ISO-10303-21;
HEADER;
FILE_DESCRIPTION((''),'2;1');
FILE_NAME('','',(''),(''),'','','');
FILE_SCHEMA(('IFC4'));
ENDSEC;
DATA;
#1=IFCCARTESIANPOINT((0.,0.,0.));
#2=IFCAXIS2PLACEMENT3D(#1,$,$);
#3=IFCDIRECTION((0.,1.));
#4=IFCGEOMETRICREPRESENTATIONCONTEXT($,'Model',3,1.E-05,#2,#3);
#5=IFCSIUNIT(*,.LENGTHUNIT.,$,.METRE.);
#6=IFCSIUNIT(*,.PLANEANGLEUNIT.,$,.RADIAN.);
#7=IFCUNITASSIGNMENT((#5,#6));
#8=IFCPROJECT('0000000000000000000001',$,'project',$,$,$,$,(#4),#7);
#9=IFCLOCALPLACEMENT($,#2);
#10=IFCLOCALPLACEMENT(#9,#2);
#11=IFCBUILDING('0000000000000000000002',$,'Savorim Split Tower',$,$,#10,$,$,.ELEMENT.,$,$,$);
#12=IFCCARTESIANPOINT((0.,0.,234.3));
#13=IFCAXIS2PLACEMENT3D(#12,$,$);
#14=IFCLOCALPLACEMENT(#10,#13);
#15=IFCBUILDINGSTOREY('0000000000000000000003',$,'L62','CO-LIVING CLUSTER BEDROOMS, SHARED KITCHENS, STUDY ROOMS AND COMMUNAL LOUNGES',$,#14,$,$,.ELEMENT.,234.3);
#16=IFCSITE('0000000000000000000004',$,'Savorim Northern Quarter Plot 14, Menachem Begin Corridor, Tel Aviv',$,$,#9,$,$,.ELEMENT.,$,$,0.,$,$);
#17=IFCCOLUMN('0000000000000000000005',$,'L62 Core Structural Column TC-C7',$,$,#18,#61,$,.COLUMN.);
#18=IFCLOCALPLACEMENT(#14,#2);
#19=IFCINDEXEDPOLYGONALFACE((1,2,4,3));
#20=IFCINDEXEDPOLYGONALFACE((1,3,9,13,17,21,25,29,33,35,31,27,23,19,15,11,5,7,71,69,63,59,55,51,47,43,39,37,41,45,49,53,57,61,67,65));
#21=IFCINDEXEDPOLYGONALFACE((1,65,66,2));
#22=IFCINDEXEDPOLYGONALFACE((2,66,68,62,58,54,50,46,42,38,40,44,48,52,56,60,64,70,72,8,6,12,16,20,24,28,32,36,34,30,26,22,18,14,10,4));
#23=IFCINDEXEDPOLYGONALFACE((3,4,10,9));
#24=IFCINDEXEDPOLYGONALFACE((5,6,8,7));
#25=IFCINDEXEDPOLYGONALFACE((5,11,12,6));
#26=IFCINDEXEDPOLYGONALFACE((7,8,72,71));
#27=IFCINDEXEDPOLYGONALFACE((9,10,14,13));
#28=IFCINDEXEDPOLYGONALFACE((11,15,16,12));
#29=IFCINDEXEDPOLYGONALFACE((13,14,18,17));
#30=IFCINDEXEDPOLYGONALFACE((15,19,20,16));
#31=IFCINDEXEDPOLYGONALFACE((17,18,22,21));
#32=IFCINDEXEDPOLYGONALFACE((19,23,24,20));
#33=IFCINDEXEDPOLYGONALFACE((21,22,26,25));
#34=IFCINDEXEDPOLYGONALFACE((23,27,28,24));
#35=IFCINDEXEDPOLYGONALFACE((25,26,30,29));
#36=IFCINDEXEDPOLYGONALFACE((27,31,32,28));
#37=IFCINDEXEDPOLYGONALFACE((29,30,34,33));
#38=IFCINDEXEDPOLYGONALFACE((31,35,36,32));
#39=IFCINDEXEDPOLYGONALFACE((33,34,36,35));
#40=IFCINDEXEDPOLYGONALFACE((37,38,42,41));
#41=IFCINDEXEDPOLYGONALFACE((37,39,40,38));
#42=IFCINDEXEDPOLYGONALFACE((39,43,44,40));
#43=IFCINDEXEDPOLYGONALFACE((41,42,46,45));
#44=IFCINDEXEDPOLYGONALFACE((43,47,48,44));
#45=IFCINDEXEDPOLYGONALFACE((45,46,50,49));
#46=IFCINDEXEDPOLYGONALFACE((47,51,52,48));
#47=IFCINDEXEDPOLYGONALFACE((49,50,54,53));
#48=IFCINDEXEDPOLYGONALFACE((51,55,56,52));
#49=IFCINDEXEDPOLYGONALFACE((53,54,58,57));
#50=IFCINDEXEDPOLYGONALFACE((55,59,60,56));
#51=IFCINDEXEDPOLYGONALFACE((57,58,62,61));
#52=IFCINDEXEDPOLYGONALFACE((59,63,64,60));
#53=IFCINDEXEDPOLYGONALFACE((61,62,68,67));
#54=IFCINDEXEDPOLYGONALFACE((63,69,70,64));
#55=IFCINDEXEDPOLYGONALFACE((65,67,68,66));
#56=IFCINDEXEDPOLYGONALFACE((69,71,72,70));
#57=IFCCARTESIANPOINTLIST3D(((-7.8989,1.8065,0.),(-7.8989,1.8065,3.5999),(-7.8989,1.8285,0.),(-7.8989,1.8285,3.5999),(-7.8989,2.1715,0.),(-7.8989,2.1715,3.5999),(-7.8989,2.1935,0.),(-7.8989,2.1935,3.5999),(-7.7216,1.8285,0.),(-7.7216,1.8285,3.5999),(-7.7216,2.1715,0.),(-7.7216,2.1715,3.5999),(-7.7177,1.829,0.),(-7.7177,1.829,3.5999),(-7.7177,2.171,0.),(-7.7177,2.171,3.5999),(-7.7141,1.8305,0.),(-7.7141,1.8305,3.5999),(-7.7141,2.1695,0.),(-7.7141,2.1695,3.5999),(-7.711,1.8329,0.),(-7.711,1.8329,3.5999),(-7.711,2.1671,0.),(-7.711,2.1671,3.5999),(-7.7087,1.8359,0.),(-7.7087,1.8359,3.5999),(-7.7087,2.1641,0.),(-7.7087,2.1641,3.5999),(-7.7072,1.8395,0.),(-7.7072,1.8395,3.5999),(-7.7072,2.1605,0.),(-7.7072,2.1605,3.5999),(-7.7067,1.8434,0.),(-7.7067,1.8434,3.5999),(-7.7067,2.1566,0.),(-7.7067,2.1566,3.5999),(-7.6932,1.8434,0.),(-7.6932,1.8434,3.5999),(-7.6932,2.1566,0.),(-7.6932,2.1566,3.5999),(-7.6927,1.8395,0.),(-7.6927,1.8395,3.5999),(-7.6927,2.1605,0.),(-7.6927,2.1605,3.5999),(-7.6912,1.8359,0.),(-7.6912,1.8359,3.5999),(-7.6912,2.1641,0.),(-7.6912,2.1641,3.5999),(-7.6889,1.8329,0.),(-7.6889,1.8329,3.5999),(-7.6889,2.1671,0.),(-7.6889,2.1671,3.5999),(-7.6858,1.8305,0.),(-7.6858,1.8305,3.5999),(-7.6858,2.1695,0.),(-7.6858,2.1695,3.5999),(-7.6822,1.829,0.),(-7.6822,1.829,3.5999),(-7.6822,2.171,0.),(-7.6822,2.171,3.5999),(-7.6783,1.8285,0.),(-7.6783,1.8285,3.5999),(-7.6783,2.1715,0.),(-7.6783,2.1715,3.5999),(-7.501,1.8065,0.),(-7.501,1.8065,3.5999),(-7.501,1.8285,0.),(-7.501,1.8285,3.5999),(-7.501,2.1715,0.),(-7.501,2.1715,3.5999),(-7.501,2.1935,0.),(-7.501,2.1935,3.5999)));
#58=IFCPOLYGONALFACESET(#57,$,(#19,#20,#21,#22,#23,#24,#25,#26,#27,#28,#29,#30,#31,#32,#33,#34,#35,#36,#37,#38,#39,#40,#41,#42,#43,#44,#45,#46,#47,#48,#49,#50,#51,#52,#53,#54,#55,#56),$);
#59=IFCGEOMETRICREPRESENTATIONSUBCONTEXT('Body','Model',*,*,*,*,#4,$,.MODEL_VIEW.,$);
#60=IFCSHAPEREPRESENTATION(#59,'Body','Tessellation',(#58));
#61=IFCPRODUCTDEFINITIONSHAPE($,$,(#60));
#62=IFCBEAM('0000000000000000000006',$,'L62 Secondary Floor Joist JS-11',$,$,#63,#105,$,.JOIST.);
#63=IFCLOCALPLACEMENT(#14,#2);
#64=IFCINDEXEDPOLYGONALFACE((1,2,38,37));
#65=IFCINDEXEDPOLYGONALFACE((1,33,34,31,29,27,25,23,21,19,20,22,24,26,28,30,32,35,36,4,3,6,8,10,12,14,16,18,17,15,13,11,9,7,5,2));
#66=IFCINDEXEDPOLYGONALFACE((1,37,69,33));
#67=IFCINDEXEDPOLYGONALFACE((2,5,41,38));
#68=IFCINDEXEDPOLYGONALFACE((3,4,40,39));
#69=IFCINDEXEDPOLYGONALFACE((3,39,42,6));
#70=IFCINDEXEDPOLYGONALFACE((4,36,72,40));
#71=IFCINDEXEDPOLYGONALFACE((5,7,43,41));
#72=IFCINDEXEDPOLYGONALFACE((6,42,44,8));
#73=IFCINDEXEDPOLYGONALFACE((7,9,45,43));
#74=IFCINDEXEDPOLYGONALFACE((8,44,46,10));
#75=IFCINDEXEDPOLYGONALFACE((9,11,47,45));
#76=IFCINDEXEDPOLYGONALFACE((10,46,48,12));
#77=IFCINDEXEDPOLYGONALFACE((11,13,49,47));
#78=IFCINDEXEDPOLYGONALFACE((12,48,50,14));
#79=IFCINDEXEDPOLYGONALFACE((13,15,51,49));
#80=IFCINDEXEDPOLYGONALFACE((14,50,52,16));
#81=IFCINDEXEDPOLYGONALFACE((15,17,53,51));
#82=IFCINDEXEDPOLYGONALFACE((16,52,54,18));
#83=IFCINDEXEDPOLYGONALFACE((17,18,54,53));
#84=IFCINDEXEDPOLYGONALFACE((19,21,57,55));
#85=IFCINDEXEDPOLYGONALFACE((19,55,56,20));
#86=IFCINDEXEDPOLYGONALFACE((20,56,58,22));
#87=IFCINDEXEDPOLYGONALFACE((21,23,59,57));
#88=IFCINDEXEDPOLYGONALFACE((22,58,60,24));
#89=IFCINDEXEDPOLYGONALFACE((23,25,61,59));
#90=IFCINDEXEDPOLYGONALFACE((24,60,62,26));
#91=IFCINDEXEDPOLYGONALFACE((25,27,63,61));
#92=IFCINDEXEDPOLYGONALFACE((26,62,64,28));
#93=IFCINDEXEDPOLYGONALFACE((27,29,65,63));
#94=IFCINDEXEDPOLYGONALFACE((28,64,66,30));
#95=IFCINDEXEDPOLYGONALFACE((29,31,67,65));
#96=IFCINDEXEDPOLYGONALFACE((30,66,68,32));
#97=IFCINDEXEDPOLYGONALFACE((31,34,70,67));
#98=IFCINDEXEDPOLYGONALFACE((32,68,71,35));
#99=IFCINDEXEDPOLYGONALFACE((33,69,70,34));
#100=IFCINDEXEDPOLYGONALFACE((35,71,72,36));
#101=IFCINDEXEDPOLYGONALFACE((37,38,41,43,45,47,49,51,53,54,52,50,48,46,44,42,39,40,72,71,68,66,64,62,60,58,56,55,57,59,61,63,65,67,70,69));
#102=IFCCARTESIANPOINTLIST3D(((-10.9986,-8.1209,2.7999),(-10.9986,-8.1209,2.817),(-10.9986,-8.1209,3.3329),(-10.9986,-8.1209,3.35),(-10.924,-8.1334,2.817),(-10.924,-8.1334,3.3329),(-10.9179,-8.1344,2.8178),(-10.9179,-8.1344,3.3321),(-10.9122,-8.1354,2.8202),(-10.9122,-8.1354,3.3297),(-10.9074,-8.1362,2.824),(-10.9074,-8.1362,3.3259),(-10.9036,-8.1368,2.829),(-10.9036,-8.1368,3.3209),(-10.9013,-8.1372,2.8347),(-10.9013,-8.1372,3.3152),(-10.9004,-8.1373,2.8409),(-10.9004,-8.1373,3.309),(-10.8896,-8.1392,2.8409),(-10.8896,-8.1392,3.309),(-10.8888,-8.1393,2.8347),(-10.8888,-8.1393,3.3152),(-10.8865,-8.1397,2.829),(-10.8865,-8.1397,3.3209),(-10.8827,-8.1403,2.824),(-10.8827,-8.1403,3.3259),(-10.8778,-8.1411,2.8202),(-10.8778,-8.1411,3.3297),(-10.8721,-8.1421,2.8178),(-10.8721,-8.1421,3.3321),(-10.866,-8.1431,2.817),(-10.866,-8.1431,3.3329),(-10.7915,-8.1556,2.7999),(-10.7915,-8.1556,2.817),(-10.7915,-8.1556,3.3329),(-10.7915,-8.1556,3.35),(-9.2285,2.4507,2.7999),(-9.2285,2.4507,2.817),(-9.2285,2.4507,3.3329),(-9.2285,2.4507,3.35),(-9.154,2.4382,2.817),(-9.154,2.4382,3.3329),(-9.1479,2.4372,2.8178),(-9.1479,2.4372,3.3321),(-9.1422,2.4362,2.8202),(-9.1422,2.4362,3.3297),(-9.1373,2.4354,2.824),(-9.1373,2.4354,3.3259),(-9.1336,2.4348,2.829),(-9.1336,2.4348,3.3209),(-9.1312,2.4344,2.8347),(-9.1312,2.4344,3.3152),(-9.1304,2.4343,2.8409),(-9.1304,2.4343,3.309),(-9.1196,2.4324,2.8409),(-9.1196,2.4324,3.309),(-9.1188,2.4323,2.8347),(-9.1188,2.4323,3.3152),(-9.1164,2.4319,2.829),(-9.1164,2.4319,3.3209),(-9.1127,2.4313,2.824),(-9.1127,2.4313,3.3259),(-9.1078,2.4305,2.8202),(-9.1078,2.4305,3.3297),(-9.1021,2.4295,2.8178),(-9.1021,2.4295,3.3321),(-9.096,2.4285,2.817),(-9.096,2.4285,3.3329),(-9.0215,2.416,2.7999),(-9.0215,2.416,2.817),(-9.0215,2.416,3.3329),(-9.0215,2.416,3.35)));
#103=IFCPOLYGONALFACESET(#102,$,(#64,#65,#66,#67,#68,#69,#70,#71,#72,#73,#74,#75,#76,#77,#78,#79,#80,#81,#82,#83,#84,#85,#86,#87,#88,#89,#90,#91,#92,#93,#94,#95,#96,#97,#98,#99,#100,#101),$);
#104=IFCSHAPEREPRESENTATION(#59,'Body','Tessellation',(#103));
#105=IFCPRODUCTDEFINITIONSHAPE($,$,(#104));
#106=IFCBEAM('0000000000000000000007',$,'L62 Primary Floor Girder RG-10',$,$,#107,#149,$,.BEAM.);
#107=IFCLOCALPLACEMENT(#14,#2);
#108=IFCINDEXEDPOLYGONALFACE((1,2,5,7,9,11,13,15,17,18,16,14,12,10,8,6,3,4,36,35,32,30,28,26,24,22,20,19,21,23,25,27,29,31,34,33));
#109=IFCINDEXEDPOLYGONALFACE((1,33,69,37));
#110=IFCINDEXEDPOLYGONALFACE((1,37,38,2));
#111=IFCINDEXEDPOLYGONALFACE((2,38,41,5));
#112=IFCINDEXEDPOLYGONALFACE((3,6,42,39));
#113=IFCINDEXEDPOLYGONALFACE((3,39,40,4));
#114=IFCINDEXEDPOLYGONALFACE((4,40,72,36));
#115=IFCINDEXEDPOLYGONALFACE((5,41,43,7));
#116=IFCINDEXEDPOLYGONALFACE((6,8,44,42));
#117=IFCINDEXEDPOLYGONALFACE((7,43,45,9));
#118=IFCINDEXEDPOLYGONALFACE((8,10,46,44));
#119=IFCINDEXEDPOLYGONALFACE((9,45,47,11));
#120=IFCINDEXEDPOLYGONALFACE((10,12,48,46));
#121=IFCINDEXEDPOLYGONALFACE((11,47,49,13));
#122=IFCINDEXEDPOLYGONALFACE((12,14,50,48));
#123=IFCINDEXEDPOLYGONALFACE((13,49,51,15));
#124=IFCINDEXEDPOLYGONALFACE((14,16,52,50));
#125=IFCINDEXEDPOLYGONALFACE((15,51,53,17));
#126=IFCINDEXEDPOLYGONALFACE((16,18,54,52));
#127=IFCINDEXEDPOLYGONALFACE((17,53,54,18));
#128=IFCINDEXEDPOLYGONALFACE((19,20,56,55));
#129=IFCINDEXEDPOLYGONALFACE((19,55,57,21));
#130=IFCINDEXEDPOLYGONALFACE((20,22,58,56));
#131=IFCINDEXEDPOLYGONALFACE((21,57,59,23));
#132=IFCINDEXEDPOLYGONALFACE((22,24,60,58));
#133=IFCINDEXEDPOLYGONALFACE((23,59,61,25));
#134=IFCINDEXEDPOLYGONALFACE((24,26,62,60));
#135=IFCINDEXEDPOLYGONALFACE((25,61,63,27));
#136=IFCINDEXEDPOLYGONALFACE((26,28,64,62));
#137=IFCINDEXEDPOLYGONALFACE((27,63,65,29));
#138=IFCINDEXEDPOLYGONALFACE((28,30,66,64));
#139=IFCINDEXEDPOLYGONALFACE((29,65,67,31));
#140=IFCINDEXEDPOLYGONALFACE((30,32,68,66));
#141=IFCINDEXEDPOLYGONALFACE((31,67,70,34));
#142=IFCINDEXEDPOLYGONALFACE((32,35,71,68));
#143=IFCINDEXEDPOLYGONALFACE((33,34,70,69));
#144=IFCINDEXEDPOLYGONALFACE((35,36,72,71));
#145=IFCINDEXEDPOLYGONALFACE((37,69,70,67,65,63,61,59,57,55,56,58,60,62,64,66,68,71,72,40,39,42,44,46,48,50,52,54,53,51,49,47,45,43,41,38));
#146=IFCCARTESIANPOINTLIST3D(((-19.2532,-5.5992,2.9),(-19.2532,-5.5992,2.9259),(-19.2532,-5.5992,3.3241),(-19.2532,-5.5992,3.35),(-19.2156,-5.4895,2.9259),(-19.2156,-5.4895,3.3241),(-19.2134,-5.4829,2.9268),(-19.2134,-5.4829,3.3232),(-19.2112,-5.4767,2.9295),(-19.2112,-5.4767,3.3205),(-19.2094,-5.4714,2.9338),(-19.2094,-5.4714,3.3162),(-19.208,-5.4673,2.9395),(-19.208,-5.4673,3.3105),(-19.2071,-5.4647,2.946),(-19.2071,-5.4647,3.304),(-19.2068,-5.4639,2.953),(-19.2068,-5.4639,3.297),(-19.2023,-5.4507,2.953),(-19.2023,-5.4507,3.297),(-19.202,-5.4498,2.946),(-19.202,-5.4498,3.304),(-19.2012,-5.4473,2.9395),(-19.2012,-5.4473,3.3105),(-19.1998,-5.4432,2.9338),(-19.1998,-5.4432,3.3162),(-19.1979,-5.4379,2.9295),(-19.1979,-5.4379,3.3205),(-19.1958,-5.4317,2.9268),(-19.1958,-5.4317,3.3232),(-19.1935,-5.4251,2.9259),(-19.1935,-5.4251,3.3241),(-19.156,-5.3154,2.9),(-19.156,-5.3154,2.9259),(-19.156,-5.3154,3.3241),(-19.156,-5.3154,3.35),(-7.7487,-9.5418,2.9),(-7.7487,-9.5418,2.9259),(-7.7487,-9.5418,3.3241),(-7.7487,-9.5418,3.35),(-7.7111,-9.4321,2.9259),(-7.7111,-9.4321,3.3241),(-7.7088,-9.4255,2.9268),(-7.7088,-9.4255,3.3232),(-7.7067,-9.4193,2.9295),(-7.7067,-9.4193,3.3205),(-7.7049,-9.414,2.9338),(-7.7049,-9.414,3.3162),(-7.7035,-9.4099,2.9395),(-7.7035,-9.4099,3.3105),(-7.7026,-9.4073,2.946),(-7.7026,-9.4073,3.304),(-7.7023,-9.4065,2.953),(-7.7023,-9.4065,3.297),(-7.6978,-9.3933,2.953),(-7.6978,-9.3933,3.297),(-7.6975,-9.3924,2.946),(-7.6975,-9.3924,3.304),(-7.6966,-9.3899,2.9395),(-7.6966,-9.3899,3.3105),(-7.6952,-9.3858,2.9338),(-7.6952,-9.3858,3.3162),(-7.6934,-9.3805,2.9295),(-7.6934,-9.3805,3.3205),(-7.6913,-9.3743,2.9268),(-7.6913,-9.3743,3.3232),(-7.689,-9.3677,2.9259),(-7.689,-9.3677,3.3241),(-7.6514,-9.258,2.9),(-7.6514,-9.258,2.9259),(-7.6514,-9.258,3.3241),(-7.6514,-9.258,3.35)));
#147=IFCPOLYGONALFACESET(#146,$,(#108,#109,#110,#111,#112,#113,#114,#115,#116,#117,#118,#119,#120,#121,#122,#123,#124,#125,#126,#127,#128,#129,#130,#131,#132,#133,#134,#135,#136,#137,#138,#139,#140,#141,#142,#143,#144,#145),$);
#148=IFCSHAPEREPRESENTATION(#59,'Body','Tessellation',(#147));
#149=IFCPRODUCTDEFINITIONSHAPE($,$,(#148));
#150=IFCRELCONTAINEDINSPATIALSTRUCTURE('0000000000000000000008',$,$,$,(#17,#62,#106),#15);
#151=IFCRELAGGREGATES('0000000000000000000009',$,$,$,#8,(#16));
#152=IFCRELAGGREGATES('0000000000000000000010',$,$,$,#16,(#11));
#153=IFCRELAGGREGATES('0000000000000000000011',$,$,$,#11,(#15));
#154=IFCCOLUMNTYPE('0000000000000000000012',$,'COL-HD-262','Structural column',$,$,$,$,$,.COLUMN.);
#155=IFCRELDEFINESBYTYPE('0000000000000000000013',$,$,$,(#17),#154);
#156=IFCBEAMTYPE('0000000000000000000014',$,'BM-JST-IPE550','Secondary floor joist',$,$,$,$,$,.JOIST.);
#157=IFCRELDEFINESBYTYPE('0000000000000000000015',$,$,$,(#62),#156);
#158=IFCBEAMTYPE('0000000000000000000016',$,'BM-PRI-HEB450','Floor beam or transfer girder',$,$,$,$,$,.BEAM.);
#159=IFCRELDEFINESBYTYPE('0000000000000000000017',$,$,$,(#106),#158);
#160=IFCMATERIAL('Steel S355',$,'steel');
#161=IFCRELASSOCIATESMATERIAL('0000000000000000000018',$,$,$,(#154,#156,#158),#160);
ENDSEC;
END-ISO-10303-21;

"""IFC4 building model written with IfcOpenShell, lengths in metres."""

from ifc_helpers import new_model, si_unit, direction, frame, origin, origin_2d, place, context, subcontext, project, spatial, i_section, extrude, material, material_profile, profile_set, type_object, element, save


model = new_model("IFC4")

# Units and contexts
model_context = context("Model", 3, precision=1e-05, world=origin(), true_north=direction((0.0, 1.0)))
body_context = subcontext(model_context, "Body", "Model", "MODEL_VIEW")
ifc_project = project(units=[si_unit("LENGTHUNIT", "METRE"), si_unit("PLANEANGLEUNIT", "RADIAN")], contexts=[model_context])

# Site, building, storey
site_placement = place(None, origin())
site = spatial("IfcSite", under=ifc_project, at=site_placement, Name="Savorim Northern Quarter Plot 14, Menachem Begin Corridor, Tel Aviv", CompositionType="ELEMENT", RefElevation=0.0)
building_placement = place(site_placement, origin())
building = spatial("IfcBuilding", under=site, at=building_placement, Name="Savorim Split Tower", CompositionType="ELEMENT")
storey_placement = place(building_placement, frame((0.0, 0.0, 234.3)))
storey = spatial("IfcBuildingStorey", under=building, at=storey_placement, Name="L62", Description="CO-LIVING CLUSTER BEDROOMS, SHARED KITCHENS, STUDY ROOMS AND COMMUNAL LOUNGES", CompositionType="ELEMENT", Elevation=234.3)

# Column
ifc_material_1 = material(Name="Steel S355", Category="steel")
ifc_material_profile_1 = material_profile(ifc_material_1, i_section(OverallWidth=0.3979, OverallDepth=0.387, WebThickness=0.0134, FlangeThickness=0.022, FilletRadius=0.0149, at=origin_2d()), Name="HD 400x262")
ifc_profile_set_1 = profile_set([ifc_material_profile_1], Name="Steel S355")
column_type = type_object("IfcColumnType", Name="COL-HD-262", Description="Structural column", PredefinedType="COLUMN", material=ifc_profile_set_1)
column_placement = place(storey_placement, frame((-7.7, 2.0, 0.0), z_axis=(0.0, 0.0, 1.0), x_axis=(1.0, 0.0, 0.0)))
element("IfcColumn", 1, at=column_placement, inside=storey, type_object=column_type, Name="L62 Core Structural Column TC-C7", PredefinedType="COLUMN", context=body_context, shape_type="SweptSolid", body=[
    extrude(i_section(OverallWidth=0.3979, OverallDepth=0.387, WebThickness=0.0134, FlangeThickness=0.022, FilletRadius=0.0149, at=origin_2d()), origin(), (0.0, 0.0, 1.0), 3.5999),
])

# Beams
ifc_material_profile_2 = material_profile(ifc_material_1, i_section(OverallWidth=0.21, OverallDepth=0.55, WebThickness=0.011, FlangeThickness=0.0171, FilletRadius=0.0239, at=origin_2d()), Name="IPE 550")
ifc_profile_set_2 = profile_set([ifc_material_profile_2], Name="Steel S355")
beam_type_1 = type_object("IfcBeamType", Name="BM-JST-IPE550", Description="Secondary floor joist", PredefinedType="JOIST", material=ifc_profile_set_2)
beam_1_placement = place(storey_placement, frame((-9.125, 2.4333, 3.075), z_axis=(-0.165134, -0.986271, 0.0), x_axis=(0.986271, -0.165134, 0.0)))
element("IfcBeam", 2, at=beam_1_placement, inside=storey, type_object=beam_type_1, Name="L62 Secondary Floor Joist JS-11", PredefinedType="JOIST", context=body_context, shape_type="SweptSolid", body=[
    extrude(i_section(OverallWidth=0.21, OverallDepth=0.55, WebThickness=0.011, FlangeThickness=0.0171, FilletRadius=0.0239, at=origin_2d()), origin(), (0.0, 0.0, 1.0), 10.7188),
])
ifc_material_profile_3 = material_profile(ifc_material_1, i_section(OverallWidth=0.3, OverallDepth=0.45, WebThickness=0.0139, FlangeThickness=0.0259, FilletRadius=0.0271, at=origin_2d()), Name="HEB 450")
ifc_profile_set_3 = profile_set([ifc_material_profile_3], Name="Steel S355")
beam_type_2 = type_object("IfcBeamType", Name="BM-PRI-HEB450", Description="Floor beam or transfer girder", PredefinedType="BEAM", material=ifc_profile_set_3)
beam_2_placement = place(storey_placement, frame((-19.2046, -5.4573, 3.125), z_axis=(0.945992, -0.32419, 0.0), x_axis=(0.32419, 0.945992, 0.0)))
element("IfcBeam", 3, at=beam_2_placement, inside=storey, type_object=beam_type_2, Name="L62 Primary Floor Girder RG-10", PredefinedType="BEAM", context=body_context, shape_type="SweptSolid", body=[
    extrude(i_section(OverallWidth=0.3, OverallDepth=0.45, WebThickness=0.0139, FlangeThickness=0.0259, FilletRadius=0.0271, at=origin_2d()), origin(), (0.0, 0.0, 1.0), 12.1614),
])

save(model, "model.ifc")
